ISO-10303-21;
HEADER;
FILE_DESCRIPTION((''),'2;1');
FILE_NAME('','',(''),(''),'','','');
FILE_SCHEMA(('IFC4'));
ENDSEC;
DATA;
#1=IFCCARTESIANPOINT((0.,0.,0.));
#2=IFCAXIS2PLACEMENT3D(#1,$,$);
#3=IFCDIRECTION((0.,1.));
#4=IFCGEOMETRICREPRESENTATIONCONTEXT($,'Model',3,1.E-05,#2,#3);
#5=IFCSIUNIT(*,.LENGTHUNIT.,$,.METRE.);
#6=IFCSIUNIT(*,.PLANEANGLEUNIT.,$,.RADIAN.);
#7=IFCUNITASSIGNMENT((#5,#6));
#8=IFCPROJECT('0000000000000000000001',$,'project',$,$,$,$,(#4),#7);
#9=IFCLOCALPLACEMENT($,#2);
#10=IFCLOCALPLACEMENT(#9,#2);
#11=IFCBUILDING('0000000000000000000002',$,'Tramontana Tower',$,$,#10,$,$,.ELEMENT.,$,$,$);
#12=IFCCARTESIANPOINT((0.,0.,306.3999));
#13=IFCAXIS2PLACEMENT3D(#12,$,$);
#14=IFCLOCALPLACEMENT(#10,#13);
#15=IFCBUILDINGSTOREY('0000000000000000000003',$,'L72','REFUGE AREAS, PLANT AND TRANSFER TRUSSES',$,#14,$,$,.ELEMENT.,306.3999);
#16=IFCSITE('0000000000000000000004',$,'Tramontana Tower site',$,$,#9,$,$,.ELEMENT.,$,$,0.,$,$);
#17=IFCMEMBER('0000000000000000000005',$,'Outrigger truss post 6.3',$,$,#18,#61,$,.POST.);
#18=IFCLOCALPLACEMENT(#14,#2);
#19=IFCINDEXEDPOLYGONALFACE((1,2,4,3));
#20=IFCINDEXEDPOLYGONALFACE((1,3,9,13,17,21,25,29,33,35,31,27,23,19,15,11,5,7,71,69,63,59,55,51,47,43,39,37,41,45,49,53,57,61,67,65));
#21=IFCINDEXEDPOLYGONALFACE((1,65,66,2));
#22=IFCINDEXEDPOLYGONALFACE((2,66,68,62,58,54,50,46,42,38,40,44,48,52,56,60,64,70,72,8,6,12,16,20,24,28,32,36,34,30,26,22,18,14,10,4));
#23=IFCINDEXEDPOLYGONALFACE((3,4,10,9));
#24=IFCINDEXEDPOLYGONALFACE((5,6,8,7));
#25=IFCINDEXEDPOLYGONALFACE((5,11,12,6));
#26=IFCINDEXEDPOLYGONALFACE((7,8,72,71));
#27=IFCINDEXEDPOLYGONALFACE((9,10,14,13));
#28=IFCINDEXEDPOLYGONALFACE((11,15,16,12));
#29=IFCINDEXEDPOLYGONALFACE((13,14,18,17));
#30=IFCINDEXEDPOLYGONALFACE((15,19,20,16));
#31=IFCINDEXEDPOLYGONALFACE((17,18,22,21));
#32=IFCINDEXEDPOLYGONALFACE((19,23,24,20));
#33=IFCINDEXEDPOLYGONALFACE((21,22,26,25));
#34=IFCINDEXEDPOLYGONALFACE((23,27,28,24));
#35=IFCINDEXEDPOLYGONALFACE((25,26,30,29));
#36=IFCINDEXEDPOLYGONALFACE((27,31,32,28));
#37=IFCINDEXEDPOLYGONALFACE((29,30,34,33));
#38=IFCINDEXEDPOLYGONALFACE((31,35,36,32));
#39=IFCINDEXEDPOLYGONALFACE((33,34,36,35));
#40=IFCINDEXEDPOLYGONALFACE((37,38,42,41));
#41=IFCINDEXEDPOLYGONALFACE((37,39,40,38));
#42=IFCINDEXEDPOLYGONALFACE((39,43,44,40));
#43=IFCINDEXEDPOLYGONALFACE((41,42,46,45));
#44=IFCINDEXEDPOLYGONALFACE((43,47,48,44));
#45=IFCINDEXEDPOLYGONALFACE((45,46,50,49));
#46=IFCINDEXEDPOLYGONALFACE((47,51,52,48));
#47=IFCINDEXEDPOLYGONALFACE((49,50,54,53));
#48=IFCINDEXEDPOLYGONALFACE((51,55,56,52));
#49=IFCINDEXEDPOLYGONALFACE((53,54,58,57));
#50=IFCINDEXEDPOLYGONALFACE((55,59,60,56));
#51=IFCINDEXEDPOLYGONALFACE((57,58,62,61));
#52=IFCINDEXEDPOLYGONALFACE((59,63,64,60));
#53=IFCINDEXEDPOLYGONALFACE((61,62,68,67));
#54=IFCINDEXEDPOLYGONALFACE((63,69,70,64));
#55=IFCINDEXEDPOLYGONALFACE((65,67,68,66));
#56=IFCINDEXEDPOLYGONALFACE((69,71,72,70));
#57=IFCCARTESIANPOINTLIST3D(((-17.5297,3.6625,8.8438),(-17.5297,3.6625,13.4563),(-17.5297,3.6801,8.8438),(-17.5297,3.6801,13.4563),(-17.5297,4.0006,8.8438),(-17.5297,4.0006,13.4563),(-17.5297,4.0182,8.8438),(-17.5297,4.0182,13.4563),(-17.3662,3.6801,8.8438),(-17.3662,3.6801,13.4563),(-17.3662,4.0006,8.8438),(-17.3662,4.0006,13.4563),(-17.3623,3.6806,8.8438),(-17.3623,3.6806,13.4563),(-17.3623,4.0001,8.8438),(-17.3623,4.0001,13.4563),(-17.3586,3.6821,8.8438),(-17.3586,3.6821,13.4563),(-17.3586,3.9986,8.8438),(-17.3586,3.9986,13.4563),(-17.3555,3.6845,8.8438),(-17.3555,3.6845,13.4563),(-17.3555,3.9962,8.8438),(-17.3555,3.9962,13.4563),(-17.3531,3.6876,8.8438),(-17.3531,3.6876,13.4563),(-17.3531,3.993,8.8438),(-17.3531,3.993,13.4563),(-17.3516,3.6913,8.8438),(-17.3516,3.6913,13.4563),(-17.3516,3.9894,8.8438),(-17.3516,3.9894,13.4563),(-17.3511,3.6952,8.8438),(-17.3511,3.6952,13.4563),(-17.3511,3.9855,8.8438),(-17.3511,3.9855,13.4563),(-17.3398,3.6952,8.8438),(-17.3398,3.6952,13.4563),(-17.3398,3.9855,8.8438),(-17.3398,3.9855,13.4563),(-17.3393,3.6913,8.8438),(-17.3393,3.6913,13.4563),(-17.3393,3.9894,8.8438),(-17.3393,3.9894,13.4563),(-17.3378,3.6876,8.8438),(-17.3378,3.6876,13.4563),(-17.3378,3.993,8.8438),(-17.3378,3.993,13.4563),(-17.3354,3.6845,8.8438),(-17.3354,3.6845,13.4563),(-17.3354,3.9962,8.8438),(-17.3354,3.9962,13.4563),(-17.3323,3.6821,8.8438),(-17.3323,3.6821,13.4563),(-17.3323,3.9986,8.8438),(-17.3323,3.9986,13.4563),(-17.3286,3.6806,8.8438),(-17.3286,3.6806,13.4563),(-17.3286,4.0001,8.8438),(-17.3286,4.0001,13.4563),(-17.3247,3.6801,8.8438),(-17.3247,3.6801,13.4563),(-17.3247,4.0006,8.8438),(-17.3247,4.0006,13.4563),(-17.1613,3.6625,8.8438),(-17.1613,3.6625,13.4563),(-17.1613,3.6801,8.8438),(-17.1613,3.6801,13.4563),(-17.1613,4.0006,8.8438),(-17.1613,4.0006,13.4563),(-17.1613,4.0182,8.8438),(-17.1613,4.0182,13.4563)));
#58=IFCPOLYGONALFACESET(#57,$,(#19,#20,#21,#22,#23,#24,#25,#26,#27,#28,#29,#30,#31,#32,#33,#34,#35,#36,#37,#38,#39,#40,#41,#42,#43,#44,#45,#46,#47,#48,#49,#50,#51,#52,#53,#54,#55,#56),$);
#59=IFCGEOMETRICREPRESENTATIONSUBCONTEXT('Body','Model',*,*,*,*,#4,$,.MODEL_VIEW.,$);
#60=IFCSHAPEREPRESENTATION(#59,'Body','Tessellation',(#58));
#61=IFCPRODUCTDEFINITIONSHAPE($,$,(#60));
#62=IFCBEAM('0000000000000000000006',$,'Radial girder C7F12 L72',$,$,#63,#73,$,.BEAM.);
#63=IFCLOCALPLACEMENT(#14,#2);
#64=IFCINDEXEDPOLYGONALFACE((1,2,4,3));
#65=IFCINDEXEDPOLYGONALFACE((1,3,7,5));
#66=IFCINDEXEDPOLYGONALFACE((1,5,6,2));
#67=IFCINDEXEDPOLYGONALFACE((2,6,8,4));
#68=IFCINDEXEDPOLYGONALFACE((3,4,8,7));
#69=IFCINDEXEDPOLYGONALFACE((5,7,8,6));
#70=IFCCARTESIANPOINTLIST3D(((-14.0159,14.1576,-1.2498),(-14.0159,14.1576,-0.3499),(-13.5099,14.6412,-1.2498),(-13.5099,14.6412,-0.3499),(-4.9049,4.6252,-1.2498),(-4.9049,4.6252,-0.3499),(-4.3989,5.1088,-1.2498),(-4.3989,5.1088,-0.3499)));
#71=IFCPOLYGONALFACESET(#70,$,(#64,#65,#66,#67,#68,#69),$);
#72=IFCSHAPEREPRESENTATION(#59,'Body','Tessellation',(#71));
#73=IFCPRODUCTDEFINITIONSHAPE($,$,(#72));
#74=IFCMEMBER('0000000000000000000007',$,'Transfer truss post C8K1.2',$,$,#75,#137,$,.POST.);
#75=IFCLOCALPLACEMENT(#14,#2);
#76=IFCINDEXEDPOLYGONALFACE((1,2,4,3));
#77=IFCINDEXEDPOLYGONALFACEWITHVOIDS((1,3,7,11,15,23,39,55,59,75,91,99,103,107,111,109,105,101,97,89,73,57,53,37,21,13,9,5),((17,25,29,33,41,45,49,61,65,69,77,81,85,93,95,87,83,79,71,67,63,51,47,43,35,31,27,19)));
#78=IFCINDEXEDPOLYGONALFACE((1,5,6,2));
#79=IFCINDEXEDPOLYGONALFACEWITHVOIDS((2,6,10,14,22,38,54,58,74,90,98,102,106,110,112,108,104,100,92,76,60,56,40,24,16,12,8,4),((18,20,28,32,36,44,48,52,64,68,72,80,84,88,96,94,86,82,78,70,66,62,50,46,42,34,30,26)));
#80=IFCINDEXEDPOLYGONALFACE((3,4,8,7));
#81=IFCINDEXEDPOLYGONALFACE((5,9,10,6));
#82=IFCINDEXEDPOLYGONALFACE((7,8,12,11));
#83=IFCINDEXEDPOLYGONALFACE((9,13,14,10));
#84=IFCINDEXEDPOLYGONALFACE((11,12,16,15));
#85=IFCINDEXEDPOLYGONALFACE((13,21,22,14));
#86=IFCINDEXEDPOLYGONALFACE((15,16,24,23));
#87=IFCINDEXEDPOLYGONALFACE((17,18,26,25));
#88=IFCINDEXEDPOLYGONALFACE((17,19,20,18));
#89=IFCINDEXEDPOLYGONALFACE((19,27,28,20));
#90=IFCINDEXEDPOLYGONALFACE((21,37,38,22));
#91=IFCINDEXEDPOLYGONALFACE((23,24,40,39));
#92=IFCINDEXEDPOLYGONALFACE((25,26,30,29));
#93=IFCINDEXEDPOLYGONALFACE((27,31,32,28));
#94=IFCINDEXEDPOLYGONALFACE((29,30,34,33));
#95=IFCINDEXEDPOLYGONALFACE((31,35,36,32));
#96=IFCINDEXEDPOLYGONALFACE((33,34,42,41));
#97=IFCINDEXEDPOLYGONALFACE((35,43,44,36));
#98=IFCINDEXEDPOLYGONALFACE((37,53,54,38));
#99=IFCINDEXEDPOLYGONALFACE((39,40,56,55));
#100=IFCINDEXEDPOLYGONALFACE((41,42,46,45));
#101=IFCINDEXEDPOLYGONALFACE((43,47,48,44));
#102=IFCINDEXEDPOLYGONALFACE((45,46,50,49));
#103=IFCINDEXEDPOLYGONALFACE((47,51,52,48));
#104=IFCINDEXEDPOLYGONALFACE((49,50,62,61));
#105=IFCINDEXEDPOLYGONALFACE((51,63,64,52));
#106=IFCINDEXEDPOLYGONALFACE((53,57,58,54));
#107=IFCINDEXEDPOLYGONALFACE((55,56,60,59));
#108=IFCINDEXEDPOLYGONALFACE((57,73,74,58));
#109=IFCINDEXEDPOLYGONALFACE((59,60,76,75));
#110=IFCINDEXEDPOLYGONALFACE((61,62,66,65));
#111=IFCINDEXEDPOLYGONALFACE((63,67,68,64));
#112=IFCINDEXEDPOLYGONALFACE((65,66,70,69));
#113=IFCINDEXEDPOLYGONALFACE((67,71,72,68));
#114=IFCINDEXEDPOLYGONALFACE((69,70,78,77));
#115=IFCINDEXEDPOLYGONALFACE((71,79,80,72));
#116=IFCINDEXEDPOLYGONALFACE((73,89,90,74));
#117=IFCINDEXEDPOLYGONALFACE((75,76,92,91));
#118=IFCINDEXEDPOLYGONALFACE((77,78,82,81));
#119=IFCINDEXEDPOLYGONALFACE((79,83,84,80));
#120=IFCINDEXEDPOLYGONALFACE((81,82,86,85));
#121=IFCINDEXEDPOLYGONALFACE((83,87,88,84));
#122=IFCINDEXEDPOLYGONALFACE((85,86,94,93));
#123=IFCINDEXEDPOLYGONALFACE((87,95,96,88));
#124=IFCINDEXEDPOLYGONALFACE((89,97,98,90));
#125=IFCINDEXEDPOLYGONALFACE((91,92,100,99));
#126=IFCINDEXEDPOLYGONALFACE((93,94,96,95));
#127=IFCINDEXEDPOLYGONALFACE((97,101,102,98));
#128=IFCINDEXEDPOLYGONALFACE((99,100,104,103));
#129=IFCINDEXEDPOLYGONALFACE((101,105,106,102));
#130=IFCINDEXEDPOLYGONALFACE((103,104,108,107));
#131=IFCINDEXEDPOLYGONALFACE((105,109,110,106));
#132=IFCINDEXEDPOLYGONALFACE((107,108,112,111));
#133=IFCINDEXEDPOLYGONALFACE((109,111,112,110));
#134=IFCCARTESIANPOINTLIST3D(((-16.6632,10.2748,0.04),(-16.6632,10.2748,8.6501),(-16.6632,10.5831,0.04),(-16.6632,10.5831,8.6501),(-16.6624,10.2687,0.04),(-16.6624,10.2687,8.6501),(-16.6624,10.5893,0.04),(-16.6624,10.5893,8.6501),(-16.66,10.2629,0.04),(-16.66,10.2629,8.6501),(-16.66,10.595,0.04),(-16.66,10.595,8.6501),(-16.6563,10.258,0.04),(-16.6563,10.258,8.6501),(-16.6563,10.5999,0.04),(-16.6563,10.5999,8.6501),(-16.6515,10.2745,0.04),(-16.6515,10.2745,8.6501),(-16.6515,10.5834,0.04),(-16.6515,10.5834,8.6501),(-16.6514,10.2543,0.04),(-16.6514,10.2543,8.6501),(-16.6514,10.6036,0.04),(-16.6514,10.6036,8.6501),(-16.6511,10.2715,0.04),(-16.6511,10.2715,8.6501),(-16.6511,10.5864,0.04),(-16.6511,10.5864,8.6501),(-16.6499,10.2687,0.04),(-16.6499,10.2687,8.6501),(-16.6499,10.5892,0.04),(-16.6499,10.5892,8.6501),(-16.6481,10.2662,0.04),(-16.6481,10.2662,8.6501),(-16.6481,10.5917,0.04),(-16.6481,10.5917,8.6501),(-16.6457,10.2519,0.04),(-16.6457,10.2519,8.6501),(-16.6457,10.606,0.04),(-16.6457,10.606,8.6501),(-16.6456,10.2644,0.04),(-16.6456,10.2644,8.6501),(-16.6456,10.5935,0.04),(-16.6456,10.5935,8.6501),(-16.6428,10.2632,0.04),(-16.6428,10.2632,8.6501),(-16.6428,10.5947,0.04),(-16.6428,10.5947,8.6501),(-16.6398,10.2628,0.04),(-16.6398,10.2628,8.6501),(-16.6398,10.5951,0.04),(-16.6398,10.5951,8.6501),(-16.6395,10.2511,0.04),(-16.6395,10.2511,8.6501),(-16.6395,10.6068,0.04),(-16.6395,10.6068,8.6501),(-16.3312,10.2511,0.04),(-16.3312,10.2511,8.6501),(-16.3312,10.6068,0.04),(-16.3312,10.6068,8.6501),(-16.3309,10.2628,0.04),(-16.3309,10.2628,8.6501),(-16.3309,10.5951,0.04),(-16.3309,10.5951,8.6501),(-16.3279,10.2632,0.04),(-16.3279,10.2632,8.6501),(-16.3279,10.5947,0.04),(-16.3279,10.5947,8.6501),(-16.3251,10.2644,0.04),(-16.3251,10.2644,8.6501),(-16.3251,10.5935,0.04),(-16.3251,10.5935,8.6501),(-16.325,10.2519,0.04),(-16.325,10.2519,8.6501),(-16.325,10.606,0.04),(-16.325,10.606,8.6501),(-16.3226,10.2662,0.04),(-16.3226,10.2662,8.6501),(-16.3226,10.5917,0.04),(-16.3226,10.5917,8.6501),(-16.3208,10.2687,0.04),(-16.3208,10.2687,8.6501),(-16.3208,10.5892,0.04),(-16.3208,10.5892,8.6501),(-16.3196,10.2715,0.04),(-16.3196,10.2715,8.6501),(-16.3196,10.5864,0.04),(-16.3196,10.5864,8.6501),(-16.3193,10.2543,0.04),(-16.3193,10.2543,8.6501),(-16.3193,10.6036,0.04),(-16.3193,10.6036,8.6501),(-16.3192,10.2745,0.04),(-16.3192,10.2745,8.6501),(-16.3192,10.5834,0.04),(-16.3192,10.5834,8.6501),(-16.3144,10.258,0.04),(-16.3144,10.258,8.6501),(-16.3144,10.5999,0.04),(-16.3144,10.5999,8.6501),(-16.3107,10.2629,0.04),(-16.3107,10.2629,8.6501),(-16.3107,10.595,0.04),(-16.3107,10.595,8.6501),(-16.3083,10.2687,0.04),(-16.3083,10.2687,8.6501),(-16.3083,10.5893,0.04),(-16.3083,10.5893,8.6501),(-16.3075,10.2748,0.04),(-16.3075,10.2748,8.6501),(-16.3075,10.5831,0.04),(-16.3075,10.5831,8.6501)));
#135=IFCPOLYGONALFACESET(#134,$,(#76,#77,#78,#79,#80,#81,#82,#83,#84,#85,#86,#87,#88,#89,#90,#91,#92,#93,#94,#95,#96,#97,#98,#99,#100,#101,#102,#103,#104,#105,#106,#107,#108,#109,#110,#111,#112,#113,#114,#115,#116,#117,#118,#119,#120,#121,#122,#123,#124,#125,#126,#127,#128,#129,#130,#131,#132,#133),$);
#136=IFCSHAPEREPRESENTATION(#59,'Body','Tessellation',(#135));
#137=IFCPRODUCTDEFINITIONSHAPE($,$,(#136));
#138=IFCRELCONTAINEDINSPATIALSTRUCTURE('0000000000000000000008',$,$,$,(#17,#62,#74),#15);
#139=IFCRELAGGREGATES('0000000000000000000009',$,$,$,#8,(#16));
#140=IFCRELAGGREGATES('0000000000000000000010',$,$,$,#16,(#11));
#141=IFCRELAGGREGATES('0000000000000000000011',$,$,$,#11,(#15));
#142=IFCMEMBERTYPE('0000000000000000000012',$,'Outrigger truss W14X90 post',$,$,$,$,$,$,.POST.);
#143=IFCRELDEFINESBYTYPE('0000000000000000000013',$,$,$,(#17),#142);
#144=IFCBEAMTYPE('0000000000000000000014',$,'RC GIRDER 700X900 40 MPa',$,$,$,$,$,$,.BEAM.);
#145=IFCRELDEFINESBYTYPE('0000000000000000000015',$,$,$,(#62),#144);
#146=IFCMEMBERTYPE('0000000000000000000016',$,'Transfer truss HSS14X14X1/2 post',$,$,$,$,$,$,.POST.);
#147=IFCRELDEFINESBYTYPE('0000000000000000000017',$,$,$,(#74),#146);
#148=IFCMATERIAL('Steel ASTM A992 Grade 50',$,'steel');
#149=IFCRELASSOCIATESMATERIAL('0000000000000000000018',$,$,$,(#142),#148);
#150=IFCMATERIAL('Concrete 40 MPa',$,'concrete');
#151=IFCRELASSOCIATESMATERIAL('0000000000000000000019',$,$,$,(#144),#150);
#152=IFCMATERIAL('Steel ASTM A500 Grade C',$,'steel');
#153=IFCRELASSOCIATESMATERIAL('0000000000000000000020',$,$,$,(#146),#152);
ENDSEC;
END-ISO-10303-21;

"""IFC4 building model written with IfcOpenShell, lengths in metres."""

from ifc_helpers import new_model, si_unit, direction, frame, origin, origin_2d, place, context, subcontext, project, spatial, rectangle, hollow_rectangle, i_section, extrude, material, material_profile, profile_set, type_object, element, save


model = new_model("IFC4")

# Units and contexts
model_context = context("Model", 3, precision=1e-05, world=origin(), true_north=direction((0.0, 1.0)))
body_context = subcontext(model_context, "Body", "Model", "MODEL_VIEW")
ifc_project = project(units=[si_unit("LENGTHUNIT", "METRE"), si_unit("PLANEANGLEUNIT", "RADIAN")], contexts=[model_context])

# Site, building, storey
site_placement = place(None, origin())
site = spatial("IfcSite", under=ifc_project, at=site_placement, Name="Tramontana Tower site", CompositionType="ELEMENT", RefElevation=0.0)
building_placement = place(site_placement, origin())
building = spatial("IfcBuilding", under=site, at=building_placement, Name="Tramontana Tower", CompositionType="ELEMENT")
storey_placement = place(building_placement, frame((0.0, 0.0, 306.3999)))
storey = spatial("IfcBuildingStorey", under=building, at=storey_placement, Name="L72", Description="REFUGE AREAS, PLANT AND TRANSFER TRUSSES", CompositionType="ELEMENT", Elevation=306.3999)

# Member
ifc_material_1 = material(Name="Steel ASTM A992 Grade 50", Category="steel")
ifc_material_profile_1 = material_profile(ifc_material_1, i_section(OverallWidth=0.3684, OverallDepth=0.3557, WebThickness=0.0112, FlangeThickness=0.0176, FilletRadius=0.0151, at=origin_2d()), Name="W14X90")
ifc_profile_set_1 = profile_set([ifc_material_profile_1], Name="Steel ASTM A992 Grade 50")
member_type_1 = type_object("IfcMemberType", Name="Outrigger truss W14X90 post", PredefinedType="POST", material=ifc_profile_set_1)
for number, where, z_axis, x_axis, name in (
    (1, (-17.3455, 3.8403, 8.8438), (0.0, 0.0, 1.0), (1.0, 0.0, 0.0), "Outrigger truss post 6.3"),
):
    element("IfcMember", number, at=place(storey_placement, frame(where, z_axis=z_axis, x_axis=x_axis)), inside=storey, type_object=member_type_1, Name=name, PredefinedType="POST", context=body_context, shape_type="SweptSolid", body=[
        extrude(i_section(OverallWidth=0.3684, OverallDepth=0.3557, WebThickness=0.0112, FlangeThickness=0.0176, FilletRadius=0.0151, at=origin_2d()), origin(), (0.0, 0.0, 1.0), 4.6125),
    ])

# Beam
ifc_material_2 = material(Name="Concrete 40 MPa", Category="concrete")
ifc_material_profile_2 = material_profile(ifc_material_2, rectangle(XDim=0.7, YDim=0.8999, at=origin_2d()), Name="RC GIRDER 700X900 40 MPa")
ifc_profile_set_2 = profile_set([ifc_material_profile_2], Name="Concrete 40 MPa")
beam_type = type_object("IfcBeamType", Name="RC GIRDER 700X900 40 MPa", PredefinedType="BEAM", material=ifc_profile_set_2)
beam_placement = place(storey_placement, frame((-13.7629, 14.3994, -0.7998), z_axis=(0.690948, -0.722904, 0.0), x_axis=(0.722904, 0.690948, 0.0)))
element("IfcBeam", 2, at=beam_placement, inside=storey, type_object=beam_type, Name="Radial girder C7F12 L72", PredefinedType="BEAM", context=body_context, shape_type="SweptSolid", body=[
    extrude(rectangle(XDim=0.7, YDim=0.8999, at=origin_2d()), origin(), (0.0, 0.0, 1.0), 13.1863),
])

# Member
ifc_material_3 = material(Name="Steel ASTM A500 Grade C", Category="steel")
ifc_material_profile_3 = material_profile(ifc_material_3, hollow_rectangle(XDim=0.3557, YDim=0.3557, WallThickness=0.0117, InnerFilletRadius=0.0117, OuterFilletRadius=0.0237, at=origin_2d()), Name="HSS14X14X1/2")
ifc_profile_set_3 = profile_set([ifc_material_profile_3], Name="Steel ASTM A500 Grade C")
member_type_2 = type_object("IfcMemberType", Name="Transfer truss HSS14X14X1/2 post", PredefinedType="POST", material=ifc_profile_set_3)
member_1_placement = place(storey_placement, frame((-16.4854, 10.429, 0.04), z_axis=(0.0, 0.0, 1.0), x_axis=(1.0, 0.0, 0.0)))
element("IfcMember", 3, at=member_1_placement, inside=storey, type_object=member_type_2, Name="Transfer truss post C8K1.2", PredefinedType="POST", context=body_context, shape_type="SweptSolid", body=[
    extrude(hollow_rectangle(XDim=0.3557, YDim=0.3557, WallThickness=0.0117, InnerFilletRadius=0.0117, OuterFilletRadius=0.0237, at=origin_2d()), origin(), (0.0, 0.0, 1.0), 8.6101),
])

save(model, "model.ifc")
